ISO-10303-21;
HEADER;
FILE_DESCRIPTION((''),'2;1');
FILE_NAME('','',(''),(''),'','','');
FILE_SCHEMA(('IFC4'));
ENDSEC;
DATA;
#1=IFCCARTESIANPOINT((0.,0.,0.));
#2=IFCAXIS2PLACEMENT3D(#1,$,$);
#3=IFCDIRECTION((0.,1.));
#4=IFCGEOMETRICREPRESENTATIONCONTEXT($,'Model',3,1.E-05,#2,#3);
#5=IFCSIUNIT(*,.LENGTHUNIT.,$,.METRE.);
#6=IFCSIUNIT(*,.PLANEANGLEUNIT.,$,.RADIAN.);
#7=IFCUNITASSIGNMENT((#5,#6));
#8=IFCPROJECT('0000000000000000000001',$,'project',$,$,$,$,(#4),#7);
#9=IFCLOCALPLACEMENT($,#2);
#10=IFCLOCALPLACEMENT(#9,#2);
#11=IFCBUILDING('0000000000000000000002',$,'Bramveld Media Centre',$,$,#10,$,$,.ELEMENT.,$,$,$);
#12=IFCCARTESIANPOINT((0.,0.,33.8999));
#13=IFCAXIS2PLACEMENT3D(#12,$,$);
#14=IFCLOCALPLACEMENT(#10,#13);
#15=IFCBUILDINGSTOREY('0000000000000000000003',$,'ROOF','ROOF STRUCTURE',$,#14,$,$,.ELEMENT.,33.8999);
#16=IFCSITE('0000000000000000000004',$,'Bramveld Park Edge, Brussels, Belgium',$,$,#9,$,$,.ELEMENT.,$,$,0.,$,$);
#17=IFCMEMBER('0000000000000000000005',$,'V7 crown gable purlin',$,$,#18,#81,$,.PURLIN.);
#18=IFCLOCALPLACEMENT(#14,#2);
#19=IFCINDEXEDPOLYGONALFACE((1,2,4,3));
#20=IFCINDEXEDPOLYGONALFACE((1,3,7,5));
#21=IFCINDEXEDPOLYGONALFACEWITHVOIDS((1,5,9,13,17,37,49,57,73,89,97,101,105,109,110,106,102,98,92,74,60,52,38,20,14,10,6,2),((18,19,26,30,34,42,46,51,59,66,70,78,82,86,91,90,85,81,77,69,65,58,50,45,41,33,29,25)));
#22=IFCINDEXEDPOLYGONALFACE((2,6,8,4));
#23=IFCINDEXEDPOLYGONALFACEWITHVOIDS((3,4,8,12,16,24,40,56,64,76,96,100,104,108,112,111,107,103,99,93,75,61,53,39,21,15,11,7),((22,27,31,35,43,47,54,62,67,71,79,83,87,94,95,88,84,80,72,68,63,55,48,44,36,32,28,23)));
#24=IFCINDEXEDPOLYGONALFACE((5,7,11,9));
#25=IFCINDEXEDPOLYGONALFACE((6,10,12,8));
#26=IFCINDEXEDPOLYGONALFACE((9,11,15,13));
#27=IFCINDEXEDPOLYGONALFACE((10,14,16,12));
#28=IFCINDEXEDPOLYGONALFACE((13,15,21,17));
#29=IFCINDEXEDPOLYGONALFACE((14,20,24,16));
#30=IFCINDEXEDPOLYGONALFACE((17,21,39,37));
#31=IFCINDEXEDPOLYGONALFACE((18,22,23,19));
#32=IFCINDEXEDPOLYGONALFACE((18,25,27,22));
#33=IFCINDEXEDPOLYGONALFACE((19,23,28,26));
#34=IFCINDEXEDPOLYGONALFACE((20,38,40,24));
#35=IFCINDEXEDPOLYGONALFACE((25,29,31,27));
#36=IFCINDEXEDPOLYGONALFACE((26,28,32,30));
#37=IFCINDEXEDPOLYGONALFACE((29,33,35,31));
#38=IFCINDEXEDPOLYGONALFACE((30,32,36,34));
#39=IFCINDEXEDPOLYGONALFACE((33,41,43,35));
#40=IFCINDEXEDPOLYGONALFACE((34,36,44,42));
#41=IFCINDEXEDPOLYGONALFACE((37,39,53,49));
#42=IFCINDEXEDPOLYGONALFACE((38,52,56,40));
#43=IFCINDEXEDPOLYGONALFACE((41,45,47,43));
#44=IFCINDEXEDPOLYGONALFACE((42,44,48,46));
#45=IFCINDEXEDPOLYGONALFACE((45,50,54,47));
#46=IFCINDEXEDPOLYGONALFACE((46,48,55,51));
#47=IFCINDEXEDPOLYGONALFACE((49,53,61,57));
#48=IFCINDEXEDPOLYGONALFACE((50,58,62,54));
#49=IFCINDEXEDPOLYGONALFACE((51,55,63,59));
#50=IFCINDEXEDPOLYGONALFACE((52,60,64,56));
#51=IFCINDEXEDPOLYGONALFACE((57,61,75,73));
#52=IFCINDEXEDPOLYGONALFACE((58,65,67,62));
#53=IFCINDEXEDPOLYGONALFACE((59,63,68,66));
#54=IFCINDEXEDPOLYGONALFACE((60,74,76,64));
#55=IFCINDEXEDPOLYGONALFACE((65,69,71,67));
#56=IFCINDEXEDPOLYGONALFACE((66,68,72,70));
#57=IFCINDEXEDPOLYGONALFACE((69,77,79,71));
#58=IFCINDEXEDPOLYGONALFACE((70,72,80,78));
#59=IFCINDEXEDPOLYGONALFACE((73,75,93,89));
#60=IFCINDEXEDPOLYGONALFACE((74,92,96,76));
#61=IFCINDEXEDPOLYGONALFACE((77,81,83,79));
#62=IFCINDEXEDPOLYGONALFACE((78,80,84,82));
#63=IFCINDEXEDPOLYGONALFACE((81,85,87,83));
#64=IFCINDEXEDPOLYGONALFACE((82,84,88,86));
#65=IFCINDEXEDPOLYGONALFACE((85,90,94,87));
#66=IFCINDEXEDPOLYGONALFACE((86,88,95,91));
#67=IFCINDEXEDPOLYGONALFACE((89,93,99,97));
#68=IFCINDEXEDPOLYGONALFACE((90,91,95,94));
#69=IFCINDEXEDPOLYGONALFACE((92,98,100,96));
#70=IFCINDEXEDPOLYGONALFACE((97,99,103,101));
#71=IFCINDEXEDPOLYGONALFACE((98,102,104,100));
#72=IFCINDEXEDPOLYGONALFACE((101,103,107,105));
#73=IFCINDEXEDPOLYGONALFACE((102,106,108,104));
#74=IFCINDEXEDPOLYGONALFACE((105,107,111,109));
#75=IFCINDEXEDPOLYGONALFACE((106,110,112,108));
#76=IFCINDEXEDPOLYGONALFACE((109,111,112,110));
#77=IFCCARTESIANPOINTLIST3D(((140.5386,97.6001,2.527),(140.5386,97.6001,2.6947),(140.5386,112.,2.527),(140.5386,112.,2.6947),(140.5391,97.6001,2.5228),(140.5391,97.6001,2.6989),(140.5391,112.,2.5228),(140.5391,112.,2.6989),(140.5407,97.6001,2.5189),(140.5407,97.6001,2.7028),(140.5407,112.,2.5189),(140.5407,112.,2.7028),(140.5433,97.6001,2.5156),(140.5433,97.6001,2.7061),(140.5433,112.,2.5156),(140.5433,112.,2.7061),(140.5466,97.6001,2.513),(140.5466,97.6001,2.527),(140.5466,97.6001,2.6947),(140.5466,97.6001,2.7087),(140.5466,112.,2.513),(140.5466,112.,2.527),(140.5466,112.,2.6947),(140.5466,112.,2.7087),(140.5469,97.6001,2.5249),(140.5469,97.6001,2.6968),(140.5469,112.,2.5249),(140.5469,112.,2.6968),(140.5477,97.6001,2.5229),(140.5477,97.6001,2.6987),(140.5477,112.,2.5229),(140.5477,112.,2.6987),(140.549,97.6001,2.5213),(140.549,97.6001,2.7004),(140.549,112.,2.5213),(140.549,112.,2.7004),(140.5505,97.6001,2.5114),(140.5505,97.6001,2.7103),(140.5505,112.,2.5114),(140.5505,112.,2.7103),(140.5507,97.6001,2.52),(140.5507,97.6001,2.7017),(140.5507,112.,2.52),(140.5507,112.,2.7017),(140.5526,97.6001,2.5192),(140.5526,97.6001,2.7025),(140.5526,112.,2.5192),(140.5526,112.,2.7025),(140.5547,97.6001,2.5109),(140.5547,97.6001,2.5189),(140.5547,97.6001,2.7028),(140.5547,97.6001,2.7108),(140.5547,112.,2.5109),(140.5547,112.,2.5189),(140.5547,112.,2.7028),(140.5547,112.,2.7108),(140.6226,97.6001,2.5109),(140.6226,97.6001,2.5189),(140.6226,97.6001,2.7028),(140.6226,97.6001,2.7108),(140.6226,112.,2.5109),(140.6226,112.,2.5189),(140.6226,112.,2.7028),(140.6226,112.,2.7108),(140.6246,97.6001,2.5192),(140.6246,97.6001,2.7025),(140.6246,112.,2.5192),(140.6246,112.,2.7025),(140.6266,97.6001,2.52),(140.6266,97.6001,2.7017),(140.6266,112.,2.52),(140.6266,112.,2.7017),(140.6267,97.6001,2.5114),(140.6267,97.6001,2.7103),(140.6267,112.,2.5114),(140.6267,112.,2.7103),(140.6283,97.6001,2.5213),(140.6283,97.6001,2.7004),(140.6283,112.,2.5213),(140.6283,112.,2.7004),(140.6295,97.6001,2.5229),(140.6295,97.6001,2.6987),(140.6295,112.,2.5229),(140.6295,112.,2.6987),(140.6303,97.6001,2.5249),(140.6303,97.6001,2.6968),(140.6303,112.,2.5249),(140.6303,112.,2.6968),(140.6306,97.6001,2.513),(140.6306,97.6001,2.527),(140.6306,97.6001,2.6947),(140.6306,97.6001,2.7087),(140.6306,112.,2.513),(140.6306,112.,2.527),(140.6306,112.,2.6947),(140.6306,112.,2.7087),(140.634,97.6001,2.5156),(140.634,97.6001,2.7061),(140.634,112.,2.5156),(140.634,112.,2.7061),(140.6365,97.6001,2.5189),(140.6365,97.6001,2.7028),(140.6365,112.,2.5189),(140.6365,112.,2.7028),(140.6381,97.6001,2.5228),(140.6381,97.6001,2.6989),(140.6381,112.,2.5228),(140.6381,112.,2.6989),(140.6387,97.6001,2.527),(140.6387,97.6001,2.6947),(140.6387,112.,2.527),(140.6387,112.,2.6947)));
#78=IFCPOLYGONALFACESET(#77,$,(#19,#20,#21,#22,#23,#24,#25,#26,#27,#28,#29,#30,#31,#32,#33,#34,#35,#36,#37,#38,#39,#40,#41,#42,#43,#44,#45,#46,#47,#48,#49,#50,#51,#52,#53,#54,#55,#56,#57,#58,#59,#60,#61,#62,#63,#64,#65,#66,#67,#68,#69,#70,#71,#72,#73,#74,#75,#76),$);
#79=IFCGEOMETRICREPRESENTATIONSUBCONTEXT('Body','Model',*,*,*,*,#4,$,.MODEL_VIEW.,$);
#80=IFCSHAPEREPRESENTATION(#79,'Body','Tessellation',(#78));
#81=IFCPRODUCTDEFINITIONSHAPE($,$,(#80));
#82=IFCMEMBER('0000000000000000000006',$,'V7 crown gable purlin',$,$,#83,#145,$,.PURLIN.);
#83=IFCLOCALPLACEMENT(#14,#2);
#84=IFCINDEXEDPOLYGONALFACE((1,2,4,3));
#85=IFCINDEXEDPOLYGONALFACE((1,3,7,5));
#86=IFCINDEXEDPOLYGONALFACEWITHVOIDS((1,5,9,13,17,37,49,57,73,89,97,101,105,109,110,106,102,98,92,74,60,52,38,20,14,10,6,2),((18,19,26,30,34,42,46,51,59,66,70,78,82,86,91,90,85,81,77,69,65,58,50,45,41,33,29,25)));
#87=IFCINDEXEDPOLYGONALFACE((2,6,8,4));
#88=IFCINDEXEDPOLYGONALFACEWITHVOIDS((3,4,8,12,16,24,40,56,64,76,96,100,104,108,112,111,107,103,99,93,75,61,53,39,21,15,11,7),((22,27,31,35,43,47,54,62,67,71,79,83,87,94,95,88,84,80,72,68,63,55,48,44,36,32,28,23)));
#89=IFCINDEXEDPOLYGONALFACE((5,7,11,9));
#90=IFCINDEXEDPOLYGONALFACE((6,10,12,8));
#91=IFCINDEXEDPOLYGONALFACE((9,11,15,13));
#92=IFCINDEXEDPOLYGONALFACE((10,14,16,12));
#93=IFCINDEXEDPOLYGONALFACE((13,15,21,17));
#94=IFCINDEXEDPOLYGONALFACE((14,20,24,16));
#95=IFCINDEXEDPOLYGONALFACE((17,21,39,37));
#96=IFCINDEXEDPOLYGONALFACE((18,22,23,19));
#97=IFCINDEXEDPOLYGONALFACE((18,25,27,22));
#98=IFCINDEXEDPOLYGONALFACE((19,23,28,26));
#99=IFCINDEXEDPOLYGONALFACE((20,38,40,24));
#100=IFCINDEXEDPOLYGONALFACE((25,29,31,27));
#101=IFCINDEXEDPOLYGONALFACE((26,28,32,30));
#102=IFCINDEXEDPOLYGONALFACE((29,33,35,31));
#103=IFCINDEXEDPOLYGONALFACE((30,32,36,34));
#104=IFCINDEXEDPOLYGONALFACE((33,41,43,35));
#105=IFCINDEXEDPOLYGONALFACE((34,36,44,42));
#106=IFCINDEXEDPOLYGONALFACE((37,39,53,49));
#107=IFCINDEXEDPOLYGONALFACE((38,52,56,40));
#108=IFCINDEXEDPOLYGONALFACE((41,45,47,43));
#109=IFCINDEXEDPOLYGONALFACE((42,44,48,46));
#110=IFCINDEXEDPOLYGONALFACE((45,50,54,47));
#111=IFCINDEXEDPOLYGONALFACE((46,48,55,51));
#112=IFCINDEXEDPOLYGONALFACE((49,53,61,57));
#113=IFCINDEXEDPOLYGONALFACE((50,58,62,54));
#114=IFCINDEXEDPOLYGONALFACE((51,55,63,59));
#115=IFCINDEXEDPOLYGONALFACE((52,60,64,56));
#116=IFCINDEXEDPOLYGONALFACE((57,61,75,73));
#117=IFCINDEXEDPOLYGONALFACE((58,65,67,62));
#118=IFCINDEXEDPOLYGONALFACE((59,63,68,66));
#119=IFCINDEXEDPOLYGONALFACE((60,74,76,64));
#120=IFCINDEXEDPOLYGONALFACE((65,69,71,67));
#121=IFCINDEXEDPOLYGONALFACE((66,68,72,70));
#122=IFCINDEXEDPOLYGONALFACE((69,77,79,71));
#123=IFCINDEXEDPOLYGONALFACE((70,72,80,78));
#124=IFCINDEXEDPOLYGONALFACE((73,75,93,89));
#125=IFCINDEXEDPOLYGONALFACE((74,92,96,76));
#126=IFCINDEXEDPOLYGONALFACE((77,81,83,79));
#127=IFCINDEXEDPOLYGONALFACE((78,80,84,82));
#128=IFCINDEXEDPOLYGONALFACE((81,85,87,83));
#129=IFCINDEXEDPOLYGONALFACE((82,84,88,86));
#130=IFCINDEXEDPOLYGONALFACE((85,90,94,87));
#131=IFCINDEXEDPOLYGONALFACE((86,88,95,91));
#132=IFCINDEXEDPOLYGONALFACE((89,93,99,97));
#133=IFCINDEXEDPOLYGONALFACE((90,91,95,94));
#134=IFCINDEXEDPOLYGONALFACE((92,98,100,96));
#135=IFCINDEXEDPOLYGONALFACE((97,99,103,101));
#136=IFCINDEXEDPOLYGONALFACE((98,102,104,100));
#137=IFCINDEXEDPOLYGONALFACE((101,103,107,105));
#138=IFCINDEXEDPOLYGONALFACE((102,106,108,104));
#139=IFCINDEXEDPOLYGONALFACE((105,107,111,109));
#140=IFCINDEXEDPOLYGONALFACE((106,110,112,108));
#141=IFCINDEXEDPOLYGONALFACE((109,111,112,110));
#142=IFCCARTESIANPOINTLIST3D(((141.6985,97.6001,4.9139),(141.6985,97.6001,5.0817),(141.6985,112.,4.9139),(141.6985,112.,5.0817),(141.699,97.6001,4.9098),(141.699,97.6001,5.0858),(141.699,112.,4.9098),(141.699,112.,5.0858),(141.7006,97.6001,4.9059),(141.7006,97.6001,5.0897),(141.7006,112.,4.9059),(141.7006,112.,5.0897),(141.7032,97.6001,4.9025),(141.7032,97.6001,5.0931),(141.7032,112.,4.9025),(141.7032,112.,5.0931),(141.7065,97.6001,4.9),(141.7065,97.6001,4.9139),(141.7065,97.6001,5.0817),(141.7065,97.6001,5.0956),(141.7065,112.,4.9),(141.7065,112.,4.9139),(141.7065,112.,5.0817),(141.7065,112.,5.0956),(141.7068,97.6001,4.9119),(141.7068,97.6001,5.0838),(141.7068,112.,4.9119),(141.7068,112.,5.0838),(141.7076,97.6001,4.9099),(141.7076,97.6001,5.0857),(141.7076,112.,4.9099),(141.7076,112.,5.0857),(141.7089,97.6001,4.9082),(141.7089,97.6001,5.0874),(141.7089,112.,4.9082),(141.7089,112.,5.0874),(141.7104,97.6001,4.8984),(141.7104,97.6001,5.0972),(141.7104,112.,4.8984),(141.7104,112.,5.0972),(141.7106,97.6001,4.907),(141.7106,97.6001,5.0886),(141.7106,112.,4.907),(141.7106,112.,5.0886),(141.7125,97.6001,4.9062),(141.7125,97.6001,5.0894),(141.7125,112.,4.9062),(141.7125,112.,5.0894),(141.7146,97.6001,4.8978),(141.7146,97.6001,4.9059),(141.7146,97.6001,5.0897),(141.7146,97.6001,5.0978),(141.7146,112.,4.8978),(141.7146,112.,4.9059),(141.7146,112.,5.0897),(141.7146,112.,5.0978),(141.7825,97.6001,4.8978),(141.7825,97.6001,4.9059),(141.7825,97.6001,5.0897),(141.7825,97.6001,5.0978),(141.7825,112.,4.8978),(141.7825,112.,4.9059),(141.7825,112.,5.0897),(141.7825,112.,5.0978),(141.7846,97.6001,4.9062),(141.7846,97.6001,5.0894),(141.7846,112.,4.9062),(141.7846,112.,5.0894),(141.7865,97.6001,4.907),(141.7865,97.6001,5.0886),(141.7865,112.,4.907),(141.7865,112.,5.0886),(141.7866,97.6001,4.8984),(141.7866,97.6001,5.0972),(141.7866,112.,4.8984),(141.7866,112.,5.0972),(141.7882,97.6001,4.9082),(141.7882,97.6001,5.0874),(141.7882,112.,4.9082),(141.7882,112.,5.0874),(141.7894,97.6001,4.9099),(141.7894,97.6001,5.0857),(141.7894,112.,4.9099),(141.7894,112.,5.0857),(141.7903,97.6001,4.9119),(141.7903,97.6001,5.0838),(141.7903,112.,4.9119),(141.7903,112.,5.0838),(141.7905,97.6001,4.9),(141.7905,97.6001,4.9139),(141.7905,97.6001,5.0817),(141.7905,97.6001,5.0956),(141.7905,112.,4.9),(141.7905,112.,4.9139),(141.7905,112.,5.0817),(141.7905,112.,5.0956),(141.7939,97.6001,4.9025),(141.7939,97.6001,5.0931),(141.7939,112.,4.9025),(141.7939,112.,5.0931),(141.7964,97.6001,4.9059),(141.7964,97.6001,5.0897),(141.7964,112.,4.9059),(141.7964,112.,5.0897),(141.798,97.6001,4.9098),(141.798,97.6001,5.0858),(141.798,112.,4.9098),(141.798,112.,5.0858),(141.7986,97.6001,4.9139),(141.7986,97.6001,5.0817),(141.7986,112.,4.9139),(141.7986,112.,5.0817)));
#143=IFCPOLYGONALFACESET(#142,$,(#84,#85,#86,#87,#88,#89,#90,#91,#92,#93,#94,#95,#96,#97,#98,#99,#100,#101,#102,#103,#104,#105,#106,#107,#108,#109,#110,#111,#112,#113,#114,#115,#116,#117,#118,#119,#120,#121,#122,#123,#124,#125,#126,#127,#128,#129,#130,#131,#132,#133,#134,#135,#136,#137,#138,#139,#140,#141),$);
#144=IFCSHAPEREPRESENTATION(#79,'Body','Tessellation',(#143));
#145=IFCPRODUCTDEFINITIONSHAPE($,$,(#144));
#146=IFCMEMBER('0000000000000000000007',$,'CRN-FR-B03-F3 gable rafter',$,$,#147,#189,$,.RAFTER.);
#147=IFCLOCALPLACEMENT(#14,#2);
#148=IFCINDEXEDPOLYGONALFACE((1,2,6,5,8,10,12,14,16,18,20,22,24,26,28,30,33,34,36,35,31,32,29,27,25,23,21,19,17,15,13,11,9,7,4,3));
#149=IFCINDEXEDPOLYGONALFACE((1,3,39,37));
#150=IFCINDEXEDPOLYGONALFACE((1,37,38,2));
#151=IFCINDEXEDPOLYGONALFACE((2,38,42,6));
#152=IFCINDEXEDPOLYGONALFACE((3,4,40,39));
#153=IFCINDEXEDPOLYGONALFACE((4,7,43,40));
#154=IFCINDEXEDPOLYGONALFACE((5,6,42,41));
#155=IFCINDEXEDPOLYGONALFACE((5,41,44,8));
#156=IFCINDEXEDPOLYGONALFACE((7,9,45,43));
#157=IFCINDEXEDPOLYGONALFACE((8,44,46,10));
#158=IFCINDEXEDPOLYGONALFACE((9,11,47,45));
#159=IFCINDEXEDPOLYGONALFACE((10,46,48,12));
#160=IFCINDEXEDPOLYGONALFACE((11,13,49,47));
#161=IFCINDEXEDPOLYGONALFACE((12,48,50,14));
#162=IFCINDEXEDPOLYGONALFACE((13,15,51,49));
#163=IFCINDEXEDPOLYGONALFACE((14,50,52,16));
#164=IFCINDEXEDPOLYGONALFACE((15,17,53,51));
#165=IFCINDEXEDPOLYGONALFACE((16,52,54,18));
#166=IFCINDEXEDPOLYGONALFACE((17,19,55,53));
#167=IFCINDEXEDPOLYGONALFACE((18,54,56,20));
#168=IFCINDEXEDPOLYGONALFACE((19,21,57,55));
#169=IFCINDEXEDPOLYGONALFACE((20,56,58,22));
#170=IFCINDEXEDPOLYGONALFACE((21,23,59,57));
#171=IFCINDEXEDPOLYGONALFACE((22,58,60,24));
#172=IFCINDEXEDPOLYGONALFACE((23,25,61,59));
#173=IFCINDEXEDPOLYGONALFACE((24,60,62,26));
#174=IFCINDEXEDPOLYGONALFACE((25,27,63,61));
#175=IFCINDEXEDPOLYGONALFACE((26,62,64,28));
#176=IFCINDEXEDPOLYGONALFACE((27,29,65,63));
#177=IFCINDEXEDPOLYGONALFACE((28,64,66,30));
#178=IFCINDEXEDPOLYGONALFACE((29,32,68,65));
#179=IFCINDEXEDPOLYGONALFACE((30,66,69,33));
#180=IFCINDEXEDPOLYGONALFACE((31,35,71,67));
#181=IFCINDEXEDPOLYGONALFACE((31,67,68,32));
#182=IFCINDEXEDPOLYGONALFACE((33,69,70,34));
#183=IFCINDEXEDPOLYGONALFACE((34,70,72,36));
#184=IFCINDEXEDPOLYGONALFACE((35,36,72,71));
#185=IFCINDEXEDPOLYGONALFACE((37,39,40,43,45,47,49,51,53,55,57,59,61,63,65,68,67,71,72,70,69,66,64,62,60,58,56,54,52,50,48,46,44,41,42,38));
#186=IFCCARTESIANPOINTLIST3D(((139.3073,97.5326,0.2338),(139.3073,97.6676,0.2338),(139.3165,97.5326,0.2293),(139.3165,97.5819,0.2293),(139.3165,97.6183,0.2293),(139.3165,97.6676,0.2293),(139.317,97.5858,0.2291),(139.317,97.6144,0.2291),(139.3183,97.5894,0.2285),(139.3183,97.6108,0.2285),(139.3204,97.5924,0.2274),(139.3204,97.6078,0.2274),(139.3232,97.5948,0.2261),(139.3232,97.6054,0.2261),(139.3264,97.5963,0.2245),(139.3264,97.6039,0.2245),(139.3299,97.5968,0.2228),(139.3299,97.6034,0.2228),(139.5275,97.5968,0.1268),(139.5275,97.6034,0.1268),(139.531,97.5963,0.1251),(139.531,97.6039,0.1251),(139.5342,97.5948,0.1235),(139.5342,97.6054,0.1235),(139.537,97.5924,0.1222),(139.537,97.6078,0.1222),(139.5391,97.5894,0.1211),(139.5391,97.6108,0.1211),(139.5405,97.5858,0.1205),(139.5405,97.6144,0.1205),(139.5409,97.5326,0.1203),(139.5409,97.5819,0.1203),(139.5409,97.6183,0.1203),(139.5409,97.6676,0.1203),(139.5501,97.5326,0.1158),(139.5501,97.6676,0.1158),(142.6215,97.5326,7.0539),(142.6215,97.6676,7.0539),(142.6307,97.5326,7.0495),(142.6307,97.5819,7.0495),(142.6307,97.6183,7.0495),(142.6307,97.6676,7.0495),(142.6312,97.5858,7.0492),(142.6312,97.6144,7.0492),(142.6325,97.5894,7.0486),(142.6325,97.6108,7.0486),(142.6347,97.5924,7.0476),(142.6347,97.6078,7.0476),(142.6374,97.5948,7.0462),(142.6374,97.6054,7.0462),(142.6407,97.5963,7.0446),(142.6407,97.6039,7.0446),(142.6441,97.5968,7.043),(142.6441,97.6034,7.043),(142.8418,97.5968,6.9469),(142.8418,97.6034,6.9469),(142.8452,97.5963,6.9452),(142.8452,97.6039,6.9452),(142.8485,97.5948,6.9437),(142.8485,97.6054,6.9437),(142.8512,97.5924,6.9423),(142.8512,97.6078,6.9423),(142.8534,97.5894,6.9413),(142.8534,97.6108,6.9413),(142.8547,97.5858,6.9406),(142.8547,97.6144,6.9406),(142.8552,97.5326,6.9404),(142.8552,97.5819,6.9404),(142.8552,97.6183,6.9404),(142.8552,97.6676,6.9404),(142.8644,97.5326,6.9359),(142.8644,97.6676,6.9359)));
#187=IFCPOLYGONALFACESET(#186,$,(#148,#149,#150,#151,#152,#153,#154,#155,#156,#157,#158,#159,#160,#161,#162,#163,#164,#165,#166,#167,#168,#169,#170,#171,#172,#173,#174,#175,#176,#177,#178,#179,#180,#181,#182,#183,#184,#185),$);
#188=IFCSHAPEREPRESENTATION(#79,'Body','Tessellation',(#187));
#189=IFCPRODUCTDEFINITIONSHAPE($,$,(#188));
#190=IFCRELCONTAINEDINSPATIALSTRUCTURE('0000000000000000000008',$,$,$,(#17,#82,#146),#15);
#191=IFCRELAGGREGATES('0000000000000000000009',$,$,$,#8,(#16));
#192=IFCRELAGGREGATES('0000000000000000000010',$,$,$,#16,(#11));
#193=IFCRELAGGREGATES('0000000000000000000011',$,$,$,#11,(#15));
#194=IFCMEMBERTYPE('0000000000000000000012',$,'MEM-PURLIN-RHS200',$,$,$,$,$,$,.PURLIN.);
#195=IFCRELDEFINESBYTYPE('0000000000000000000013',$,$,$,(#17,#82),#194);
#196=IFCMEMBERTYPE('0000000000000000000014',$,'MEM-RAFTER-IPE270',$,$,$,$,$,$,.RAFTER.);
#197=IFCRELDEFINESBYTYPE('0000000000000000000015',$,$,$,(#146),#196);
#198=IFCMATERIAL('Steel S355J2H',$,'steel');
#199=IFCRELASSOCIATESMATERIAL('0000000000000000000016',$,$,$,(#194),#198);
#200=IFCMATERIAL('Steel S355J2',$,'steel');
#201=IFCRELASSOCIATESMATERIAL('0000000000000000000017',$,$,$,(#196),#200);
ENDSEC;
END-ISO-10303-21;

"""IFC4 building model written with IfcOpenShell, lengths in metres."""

from ifc_helpers import new_model, si_unit, direction, frame, origin, origin_2d, place, context, subcontext, project, spatial, hollow_rectangle, i_section, extrude, material, material_profile, profile_set, type_object, element, save


model = new_model("IFC4")

# Units and contexts
model_context = context("Model", 3, precision=1e-05, world=origin(), true_north=direction((0.0, 1.0)))
body_context = subcontext(model_context, "Body", "Model", "MODEL_VIEW")
ifc_project = project(units=[si_unit("LENGTHUNIT", "METRE"), si_unit("PLANEANGLEUNIT", "RADIAN")], contexts=[model_context])

# Site, building, storey
site_placement = place(None, origin())
site = spatial("IfcSite", under=ifc_project, at=site_placement, Name="Bramveld Park Edge, Brussels, Belgium", CompositionType="ELEMENT", RefElevation=0.0)
building_placement = place(site_placement, origin())
building = spatial("IfcBuilding", under=site, at=building_placement, Name="Bramveld Media Centre", CompositionType="ELEMENT")
storey_placement = place(building_placement, frame((0.0, 0.0, 33.8999)))
storey = spatial("IfcBuildingStorey", under=building, at=storey_placement, Name="ROOF", Description="ROOF STRUCTURE", CompositionType="ELEMENT", Elevation=33.8999)

# Members
ifc_material_1 = material(Name="Steel S355J2H", Category="steel")
ifc_material_profile_1 = material_profile(ifc_material_1, hollow_rectangle(XDim=0.1001, YDim=0.2, WallThickness=0.0081, InnerFilletRadius=0.0081, OuterFilletRadius=0.0161, at=origin_2d()), Name="RHS 200x100x8")
ifc_profile_set_1 = profile_set([ifc_material_profile_1], Name="Steel S355J2H")
member_type_1 = type_object("IfcMemberType", Name="MEM-PURLIN-RHS200", PredefinedType="PURLIN", material=ifc_profile_set_1)
for number, where, z_axis, x_axis, name in (
    (1, (140.5886, 97.6001, 2.6108), (0.0, 1.0, 0.0), (-1.0, 0.0, 0.0), "V7 crown gable purlin"),
    (2, (141.7485, 97.6001, 4.9978), (0.0, 1.0, 0.0), (-1.0, 0.0, 0.0), "V7 crown gable purlin"),
):
    element("IfcMember", number, at=place(storey_placement, frame(where, z_axis=z_axis, x_axis=x_axis)), inside=storey, type_object=member_type_1, Name=name, PredefinedType="PURLIN", context=body_context, shape_type="SweptSolid", body=[
        extrude(hollow_rectangle(XDim=0.1001, YDim=0.2, WallThickness=0.0081, InnerFilletRadius=0.0081, OuterFilletRadius=0.0161, at=origin_2d()), origin(), (0.0, 0.0, 1.0), 14.3999),
    ])
ifc_material_2 = material(Name="Steel S355J2", Category="steel")
ifc_material_profile_2 = material_profile(ifc_material_2, i_section(OverallWidth=0.135, OverallDepth=0.27, WebThickness=0.0066, FlangeThickness=0.0103, FilletRadius=0.0149, at=origin_2d()), Name="IPE 270")
ifc_profile_set_2 = profile_set([ifc_material_profile_2], Name="Steel S355J2")
member_type_2 = type_object("IfcMemberType", Name="MEM-RAFTER-IPE270", PredefinedType="RAFTER", material=ifc_profile_set_2)
for number, where, z_axis, x_axis, name in (
    (3, (139.4287, 97.6001, 0.1748), (0.437075, 0.0, 0.899425), (0.0, 1.0, 0.0), "CRN-FR-B03-F3 gable rafter"),
):
    element("IfcMember", number, at=place(storey_placement, frame(where, z_axis=z_axis, x_axis=x_axis)), inside=storey, type_object=member_type_2, Name=name, PredefinedType="RAFTER", context=body_context, shape_type="SweptSolid", body=[
        extrude(i_section(OverallWidth=0.135, OverallDepth=0.27, WebThickness=0.0066, FlangeThickness=0.0103, FilletRadius=0.0149, at=origin_2d()), origin(), (0.0, 0.0, 1.0), 7.5828),
    ])

save(model, "model.ifc")
